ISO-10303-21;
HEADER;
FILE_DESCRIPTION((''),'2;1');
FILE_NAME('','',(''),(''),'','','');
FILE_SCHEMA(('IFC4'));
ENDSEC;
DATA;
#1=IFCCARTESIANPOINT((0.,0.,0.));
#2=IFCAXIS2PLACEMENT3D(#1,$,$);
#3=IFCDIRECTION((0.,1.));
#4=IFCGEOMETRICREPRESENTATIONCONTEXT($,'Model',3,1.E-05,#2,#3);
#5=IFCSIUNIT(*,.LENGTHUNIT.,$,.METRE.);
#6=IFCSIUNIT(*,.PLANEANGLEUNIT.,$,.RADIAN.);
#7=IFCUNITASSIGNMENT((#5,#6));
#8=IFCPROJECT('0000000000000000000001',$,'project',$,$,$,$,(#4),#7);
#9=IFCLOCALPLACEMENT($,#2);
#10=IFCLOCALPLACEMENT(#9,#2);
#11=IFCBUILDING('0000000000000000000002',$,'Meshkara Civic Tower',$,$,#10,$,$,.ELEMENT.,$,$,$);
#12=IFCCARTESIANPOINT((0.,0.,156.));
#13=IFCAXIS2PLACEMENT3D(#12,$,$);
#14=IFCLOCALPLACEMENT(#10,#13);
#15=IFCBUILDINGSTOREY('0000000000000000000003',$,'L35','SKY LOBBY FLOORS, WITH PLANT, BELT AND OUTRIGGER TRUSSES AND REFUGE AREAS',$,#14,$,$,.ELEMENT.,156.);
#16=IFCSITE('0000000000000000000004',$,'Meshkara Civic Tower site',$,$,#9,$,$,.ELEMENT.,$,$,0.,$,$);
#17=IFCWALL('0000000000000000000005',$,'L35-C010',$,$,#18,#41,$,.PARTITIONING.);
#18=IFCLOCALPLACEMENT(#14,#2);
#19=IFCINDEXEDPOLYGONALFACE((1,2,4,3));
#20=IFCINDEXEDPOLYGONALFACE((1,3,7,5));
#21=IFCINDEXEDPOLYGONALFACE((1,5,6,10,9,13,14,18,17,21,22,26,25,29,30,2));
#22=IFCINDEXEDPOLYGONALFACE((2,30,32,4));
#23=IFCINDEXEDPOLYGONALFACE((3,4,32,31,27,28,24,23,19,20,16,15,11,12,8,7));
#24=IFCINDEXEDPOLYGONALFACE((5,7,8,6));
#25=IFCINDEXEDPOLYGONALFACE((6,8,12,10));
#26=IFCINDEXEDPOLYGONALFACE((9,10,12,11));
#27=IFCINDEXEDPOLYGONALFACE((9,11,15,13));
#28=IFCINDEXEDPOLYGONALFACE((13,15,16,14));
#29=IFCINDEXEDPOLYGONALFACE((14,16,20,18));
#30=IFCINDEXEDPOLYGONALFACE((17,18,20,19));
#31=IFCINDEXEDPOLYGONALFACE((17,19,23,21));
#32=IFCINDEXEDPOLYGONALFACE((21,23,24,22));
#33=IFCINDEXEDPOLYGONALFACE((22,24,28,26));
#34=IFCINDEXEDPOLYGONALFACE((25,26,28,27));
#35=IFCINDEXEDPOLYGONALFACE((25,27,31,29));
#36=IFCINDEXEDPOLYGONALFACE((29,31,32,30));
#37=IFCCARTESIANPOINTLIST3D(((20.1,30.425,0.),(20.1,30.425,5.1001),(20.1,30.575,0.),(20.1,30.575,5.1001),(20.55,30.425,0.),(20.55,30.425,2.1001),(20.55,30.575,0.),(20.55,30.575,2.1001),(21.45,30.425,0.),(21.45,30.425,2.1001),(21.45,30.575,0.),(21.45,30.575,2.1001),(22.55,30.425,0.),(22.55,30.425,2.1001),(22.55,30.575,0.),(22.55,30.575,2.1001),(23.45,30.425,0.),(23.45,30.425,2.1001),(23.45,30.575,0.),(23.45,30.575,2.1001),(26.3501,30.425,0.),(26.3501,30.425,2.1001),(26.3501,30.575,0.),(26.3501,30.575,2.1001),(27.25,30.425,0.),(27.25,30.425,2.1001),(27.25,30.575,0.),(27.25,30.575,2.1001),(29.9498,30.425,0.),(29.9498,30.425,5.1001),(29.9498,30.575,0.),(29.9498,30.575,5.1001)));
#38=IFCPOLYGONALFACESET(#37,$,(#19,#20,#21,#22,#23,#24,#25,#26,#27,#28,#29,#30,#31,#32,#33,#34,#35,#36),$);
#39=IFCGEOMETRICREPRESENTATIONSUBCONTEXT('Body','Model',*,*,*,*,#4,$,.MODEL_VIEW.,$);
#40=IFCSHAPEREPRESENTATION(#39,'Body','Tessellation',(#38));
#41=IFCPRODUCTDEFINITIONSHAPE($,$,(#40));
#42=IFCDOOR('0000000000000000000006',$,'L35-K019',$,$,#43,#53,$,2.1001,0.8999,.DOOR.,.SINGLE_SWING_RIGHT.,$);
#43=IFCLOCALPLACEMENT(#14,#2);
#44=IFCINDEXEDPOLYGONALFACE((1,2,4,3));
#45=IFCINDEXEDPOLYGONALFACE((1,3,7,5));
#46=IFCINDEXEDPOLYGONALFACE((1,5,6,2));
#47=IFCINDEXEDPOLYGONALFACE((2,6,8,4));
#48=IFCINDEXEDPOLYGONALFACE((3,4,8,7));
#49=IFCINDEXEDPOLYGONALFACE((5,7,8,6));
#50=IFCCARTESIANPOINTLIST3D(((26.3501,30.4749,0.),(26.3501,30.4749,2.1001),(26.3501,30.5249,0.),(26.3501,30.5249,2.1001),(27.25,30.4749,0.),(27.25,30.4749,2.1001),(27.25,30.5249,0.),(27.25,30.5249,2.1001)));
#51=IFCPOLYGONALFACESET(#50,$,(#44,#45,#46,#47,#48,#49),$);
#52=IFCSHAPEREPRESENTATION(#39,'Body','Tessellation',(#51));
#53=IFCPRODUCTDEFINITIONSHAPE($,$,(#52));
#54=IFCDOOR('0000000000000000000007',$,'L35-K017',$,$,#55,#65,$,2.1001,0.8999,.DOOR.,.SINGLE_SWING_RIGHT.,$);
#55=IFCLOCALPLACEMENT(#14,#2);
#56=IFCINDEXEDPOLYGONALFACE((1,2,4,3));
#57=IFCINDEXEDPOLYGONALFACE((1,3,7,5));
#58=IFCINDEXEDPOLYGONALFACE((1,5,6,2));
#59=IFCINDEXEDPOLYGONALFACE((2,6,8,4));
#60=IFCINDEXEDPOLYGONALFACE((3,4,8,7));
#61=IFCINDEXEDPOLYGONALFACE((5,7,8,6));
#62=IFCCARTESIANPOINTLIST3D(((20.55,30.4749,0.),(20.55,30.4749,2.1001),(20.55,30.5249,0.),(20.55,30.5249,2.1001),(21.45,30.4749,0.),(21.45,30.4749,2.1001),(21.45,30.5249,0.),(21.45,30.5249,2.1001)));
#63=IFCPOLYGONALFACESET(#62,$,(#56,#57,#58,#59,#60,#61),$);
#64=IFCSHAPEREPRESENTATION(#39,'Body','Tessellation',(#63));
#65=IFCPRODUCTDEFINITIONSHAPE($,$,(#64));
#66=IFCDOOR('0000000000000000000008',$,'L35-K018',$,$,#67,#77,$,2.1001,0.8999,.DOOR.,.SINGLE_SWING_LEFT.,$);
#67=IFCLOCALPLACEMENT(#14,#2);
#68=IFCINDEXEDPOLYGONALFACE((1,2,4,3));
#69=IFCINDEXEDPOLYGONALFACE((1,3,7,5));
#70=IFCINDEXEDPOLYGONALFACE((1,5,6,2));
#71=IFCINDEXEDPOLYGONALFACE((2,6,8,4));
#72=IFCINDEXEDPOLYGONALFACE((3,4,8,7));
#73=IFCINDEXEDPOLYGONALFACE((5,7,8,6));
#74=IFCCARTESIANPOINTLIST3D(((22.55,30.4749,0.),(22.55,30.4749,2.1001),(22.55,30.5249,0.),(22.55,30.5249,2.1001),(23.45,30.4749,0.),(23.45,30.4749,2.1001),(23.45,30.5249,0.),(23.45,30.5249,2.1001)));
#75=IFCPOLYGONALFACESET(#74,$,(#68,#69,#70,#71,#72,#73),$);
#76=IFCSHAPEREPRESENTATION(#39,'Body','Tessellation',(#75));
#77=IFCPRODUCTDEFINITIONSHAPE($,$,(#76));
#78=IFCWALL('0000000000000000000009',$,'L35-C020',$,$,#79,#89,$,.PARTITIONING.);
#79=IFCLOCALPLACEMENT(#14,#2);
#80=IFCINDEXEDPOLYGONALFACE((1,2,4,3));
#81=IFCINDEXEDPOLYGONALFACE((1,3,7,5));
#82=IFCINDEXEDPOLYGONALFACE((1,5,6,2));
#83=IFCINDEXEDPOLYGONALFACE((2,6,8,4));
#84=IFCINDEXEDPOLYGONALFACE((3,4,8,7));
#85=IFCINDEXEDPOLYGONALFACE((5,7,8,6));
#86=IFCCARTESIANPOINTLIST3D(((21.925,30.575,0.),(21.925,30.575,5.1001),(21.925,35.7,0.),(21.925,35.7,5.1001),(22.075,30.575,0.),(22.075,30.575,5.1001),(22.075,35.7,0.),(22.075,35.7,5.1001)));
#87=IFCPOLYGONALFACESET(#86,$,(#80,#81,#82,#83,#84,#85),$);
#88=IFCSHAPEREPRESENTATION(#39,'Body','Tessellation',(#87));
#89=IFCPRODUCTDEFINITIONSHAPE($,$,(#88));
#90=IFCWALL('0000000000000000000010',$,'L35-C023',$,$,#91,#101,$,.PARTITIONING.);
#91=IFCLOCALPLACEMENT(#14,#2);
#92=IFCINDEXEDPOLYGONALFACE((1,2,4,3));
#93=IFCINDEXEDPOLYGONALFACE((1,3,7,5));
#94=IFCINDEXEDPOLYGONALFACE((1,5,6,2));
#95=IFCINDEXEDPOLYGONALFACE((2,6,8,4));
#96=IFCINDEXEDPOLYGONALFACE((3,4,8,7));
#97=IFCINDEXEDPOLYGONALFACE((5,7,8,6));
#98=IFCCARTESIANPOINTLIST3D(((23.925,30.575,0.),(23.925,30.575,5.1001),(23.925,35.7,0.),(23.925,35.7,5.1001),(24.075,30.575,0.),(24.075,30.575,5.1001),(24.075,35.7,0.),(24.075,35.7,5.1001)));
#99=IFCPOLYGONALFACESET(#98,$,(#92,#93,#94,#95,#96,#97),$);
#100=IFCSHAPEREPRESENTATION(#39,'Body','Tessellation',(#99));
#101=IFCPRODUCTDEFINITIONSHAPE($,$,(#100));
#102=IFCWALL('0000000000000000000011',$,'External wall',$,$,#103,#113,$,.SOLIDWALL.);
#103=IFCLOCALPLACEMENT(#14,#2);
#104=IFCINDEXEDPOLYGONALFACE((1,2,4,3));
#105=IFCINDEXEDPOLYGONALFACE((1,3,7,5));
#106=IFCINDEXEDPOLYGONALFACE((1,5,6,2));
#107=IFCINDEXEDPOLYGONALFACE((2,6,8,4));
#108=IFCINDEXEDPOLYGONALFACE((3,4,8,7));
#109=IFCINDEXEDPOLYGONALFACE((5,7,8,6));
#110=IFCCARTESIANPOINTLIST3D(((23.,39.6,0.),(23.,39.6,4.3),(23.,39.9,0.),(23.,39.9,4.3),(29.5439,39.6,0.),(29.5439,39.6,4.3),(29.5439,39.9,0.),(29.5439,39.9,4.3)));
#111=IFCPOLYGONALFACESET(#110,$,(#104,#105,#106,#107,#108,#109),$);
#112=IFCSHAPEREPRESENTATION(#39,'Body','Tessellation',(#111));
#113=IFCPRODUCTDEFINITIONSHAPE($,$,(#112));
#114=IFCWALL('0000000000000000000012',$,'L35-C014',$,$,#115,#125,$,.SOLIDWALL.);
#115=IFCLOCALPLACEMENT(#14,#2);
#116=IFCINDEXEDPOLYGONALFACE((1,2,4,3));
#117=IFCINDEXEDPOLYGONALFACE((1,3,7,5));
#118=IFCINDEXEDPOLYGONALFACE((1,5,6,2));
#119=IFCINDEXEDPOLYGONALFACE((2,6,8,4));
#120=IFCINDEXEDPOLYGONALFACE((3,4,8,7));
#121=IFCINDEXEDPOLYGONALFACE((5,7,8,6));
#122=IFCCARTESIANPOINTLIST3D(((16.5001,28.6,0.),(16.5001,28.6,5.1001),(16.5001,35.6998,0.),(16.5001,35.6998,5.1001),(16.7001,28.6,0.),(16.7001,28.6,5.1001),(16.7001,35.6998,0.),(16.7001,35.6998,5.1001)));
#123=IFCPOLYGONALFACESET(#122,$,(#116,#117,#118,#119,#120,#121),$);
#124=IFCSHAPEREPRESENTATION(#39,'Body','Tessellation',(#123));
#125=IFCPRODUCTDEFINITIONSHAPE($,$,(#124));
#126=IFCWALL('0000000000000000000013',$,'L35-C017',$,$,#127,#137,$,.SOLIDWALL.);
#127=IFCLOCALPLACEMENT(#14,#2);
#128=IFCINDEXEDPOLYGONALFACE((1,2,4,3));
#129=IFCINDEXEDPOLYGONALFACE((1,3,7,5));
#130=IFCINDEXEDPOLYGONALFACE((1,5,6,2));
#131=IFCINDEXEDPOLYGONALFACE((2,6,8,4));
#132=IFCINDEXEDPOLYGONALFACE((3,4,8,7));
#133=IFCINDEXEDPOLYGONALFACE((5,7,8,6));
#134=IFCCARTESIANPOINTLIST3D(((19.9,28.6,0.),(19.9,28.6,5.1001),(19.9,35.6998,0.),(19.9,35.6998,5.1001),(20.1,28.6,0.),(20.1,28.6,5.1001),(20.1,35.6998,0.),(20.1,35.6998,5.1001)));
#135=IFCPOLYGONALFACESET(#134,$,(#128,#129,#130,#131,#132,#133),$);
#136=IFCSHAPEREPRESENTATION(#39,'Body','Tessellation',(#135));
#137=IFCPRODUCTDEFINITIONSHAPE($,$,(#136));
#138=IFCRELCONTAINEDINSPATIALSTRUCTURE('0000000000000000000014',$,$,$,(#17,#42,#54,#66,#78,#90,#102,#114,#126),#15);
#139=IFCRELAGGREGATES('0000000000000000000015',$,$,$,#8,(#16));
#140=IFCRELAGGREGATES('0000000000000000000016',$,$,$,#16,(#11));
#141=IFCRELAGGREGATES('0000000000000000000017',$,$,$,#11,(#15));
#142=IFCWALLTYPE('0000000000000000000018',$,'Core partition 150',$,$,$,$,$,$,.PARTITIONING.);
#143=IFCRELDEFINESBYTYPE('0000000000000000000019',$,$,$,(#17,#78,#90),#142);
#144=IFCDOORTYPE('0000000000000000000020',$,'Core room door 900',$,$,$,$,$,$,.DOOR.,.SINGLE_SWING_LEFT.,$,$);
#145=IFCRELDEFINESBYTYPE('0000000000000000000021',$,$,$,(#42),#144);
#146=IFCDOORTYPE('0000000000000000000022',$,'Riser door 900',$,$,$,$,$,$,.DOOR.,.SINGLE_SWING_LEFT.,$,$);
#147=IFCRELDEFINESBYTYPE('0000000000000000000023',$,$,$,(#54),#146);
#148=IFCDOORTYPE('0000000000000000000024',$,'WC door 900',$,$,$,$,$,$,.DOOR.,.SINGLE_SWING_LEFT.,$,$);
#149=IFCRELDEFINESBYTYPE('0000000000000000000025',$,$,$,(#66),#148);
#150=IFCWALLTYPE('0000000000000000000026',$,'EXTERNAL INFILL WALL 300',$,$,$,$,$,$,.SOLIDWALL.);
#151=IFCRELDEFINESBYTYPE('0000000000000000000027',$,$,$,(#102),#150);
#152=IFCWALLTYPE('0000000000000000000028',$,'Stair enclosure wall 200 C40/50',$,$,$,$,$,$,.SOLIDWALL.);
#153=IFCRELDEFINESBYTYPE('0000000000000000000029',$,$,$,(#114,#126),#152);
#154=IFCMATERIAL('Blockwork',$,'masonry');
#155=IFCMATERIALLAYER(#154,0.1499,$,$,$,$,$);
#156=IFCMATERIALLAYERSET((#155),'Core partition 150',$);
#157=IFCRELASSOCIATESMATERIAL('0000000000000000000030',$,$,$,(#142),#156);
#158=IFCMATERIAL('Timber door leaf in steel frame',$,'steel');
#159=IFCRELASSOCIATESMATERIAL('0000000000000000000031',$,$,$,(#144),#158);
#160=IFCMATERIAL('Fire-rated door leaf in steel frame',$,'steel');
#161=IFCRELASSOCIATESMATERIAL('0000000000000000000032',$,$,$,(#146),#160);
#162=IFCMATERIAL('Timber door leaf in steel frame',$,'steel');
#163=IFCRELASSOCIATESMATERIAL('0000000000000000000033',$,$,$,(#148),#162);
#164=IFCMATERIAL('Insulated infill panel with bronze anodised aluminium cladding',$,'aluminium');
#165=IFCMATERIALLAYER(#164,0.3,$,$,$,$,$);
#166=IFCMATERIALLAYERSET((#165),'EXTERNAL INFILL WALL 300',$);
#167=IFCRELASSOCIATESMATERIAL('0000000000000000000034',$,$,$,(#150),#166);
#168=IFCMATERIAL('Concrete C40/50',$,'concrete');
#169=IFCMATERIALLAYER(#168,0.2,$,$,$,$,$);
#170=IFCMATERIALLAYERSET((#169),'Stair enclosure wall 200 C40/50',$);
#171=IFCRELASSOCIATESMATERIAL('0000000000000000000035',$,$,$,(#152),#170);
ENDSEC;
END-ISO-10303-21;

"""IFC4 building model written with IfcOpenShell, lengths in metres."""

from ifc_helpers import new_model, si_unit, direction, frame, frame_2d, origin, place, context, subcontext, project, spatial, rectangle, extrude, material, layer, layer_set, type_object, element, fill, save


model = new_model("IFC4")

# Units and contexts
model_context = context("Model", 3, precision=1e-05, world=origin(), true_north=direction((0.0, 1.0)))
body_context = subcontext(model_context, "Body", "Model", "MODEL_VIEW")
ifc_project = project(units=[si_unit("LENGTHUNIT", "METRE"), si_unit("PLANEANGLEUNIT", "RADIAN")], contexts=[model_context])

# Site, building, storey
site_placement = place(None, origin())
site = spatial("IfcSite", under=ifc_project, at=site_placement, Name="Meshkara Civic Tower site", CompositionType="ELEMENT", RefElevation=0.0)
building_placement = place(site_placement, origin())
building = spatial("IfcBuilding", under=site, at=building_placement, Name="Meshkara Civic Tower", CompositionType="ELEMENT")
storey_placement = place(building_placement, frame((0.0, 0.0, 156.0)))
storey = spatial("IfcBuildingStorey", under=building, at=storey_placement, Name="L35", Description="SKY LOBBY FLOORS, WITH PLANT, BELT AND OUTRIGGER TRUSSES AND REFUGE AREAS", CompositionType="ELEMENT", Elevation=156.0)

# Wall, openings, doors
ifc_material_1 = material(Name="Blockwork", Category="masonry")
ifc_layer_1 = layer(ifc_material_1, 0.1499)
ifc_layer_set_1 = layer_set([ifc_layer_1], Name="Core partition 150")
wall_type_1 = type_object("IfcWallType", Name="Core partition 150", PredefinedType="PARTITIONING", material=ifc_layer_set_1)
wall_1_placement = place(storey_placement, frame((20.1001, 30.5, 0.0), z_axis=(0.0, 0.0, 1.0), x_axis=(1.0, 0.0, 0.0)))
wall_1 = element("IfcWall", 1, at=wall_1_placement, inside=storey, type_object=wall_type_1, Name="L35-C010", PredefinedType="PARTITIONING", context=body_context, shape_type="SweptSolid", body=[
    extrude(rectangle(XDim=9.8499, YDim=0.1499, at=frame_2d((4.9248, 0.0))), origin(), (0.0, 0.0, 1.0), 5.1001),
])
opening_1_placement = place(wall_1_placement, frame((0.45, 0.0, 0.0)))
opening_1 = element("IfcOpeningElement", 2, at=opening_1_placement, cuts=wall_1, PredefinedType="OPENING", context=body_context, shape_type="SweptSolid", body=[
    extrude(rectangle(XDim=0.8999, YDim=2.1001, at=frame_2d((0.45, 1.05))), frame((0.0, 0.085, 0.0), z_axis=(0.0, -1.0, 0.0), x_axis=(1.0, 0.0, 0.0)), (0.0, 0.0, 1.0), 0.1699),
])
opening_2_placement = place(wall_1_placement, frame((2.45, 0.0, 0.0)))
opening_2 = element("IfcOpeningElement", 3, at=opening_2_placement, cuts=wall_1, PredefinedType="OPENING", context=body_context, shape_type="SweptSolid", body=[
    extrude(rectangle(XDim=0.8999, YDim=2.1001, at=frame_2d((0.45, 1.05))), frame((0.0, 0.085, 0.0), z_axis=(0.0, -1.0, 0.0), x_axis=(1.0, 0.0, 0.0)), (0.0, 0.0, 1.0), 0.1699),
])
opening_3_placement = place(wall_1_placement, frame((6.25, 0.0, 0.0)))
opening_3 = element("IfcOpeningElement", 4, at=opening_3_placement, cuts=wall_1, PredefinedType="OPENING", context=body_context, shape_type="SweptSolid", body=[
    extrude(rectangle(XDim=0.8999, YDim=2.1001, at=frame_2d((0.45, 1.05))), frame((0.0, 0.085, 0.0), z_axis=(0.0, -1.0, 0.0), x_axis=(1.0, 0.0, 0.0)), (0.0, 0.0, 1.0), 0.1699),
])
ifc_material_2 = material(Name="Timber door leaf in steel frame", Category="steel")
door_type_1 = type_object("IfcDoorType", Name="Core room door 900", OperationType="SINGLE_SWING_LEFT", PredefinedType="DOOR", material=ifc_material_2)
door_1_placement = place(opening_3_placement, origin())
door_1 = element("IfcDoor", 5, at=door_1_placement, inside=storey, type_object=door_type_1, Name="L35-K019", OperationType="SINGLE_SWING_RIGHT", OverallHeight=2.1001, OverallWidth=0.8999, PredefinedType="DOOR", context=body_context, shape_type="SweptSolid", body=[
    extrude(rectangle(XDim=0.8999, YDim=2.1001, at=frame_2d((0.45, 1.05))), frame((0.0, 0.0249, 0.0), z_axis=(0.0, -1.0, 0.0), x_axis=(1.0, 0.0, 0.0)), (0.0, 0.0, 1.0), 0.05),
])
fill(opening_3, door_1)
ifc_material_3 = material(Name="Fire-rated door leaf in steel frame", Category="steel")
door_type_2 = type_object("IfcDoorType", Name="Riser door 900", OperationType="SINGLE_SWING_LEFT", PredefinedType="DOOR", material=ifc_material_3)
door_2_placement = place(opening_1_placement, origin())
door_2 = element("IfcDoor", 6, at=door_2_placement, inside=storey, type_object=door_type_2, Name="L35-K017", OperationType="SINGLE_SWING_RIGHT", OverallHeight=2.1001, OverallWidth=0.8999, PredefinedType="DOOR", context=body_context, shape_type="SweptSolid", body=[
    extrude(rectangle(XDim=0.8999, YDim=2.1001, at=frame_2d((0.45, 1.05))), frame((0.0, 0.0249, 0.0), z_axis=(0.0, -1.0, 0.0), x_axis=(1.0, 0.0, 0.0)), (0.0, 0.0, 1.0), 0.05),
])
fill(opening_1, door_2)
ifc_material_4 = material(Name="Timber door leaf in steel frame", Category="steel")
door_type_3 = type_object("IfcDoorType", Name="WC door 900", OperationType="SINGLE_SWING_LEFT", PredefinedType="DOOR", material=ifc_material_4)
door_3_placement = place(opening_2_placement, origin())
door_3 = element("IfcDoor", 7, at=door_3_placement, inside=storey, type_object=door_type_3, Name="L35-K018", OperationType="SINGLE_SWING_LEFT", OverallHeight=2.1001, OverallWidth=0.8999, PredefinedType="DOOR", context=body_context, shape_type="SweptSolid", body=[
    extrude(rectangle(XDim=0.8999, YDim=2.1001, at=frame_2d((0.45, 1.05))), frame((0.0, 0.0249, 0.0), z_axis=(0.0, -1.0, 0.0), x_axis=(1.0, 0.0, 0.0)), (0.0, 0.0, 1.0), 0.05),
])
fill(opening_2, door_3)

# Walls
for number, where, z_axis, x_axis, name in (
    (8, (22.0, 30.575, 0.0), (0.0, 0.0, 1.0), (0.0, 1.0, 0.0), "L35-C020"),
    (9, (24.0, 30.575, 0.0), (0.0, 0.0, 1.0), (0.0, 1.0, 0.0), "L35-C023"),
):
    element("IfcWall", number, at=place(storey_placement, frame(where, z_axis=z_axis, x_axis=x_axis)), inside=storey, type_object=wall_type_1, Name=name, PredefinedType="PARTITIONING", context=body_context, shape_type="SweptSolid", body=[
        extrude(rectangle(XDim=5.125, YDim=0.1499, at=frame_2d((2.5625, 0.0))), origin(), (0.0, 0.0, 1.0), 5.1001),
    ])
ifc_material_5 = material(Name="Insulated infill panel with bronze anodised aluminium cladding", Category="aluminium")
ifc_layer_2 = layer(ifc_material_5, 0.3)
ifc_layer_set_2 = layer_set([ifc_layer_2], Name="EXTERNAL INFILL WALL 300")
wall_type_2 = type_object("IfcWallType", Name="EXTERNAL INFILL WALL 300", PredefinedType="SOLIDWALL", material=ifc_layer_set_2)
wall_2_placement = place(storey_placement, frame((29.5439, 39.75, 0.0), z_axis=(0.0, 0.0, 1.0), x_axis=(-1.0, 0.0, 0.0)))
element("IfcWall", 10, at=wall_2_placement, inside=storey, type_object=wall_type_2, Name="External wall", PredefinedType="SOLIDWALL", context=body_context, shape_type="SweptSolid", body=[
    extrude(rectangle(XDim=6.5439, YDim=0.3, at=frame_2d((3.272, 0.0))), origin(), (0.0, 0.0, 1.0), 4.3),
])
ifc_material_6 = material(Name="Concrete C40/50", Category="concrete")
ifc_layer_3 = layer(ifc_material_6, 0.2)
ifc_layer_set_3 = layer_set([ifc_layer_3], Name="Stair enclosure wall 200 C40/50")
wall_type_3 = type_object("IfcWallType", Name="Stair enclosure wall 200 C40/50", PredefinedType="SOLIDWALL", material=ifc_layer_set_3)
for number, where, z_axis, x_axis, name in (
    (11, (16.6001, 28.6001, 0.0), (0.0, 0.0, 1.0), (0.0, 1.0, 0.0), "L35-C014"),
    (12, (20.0, 28.6001, 0.0), (0.0, 0.0, 1.0), (0.0, 1.0, 0.0), "L35-C017"),
):
    element("IfcWall", number, at=place(storey_placement, frame(where, z_axis=z_axis, x_axis=x_axis)), inside=storey, type_object=wall_type_3, Name=name, PredefinedType="SOLIDWALL", context=body_context, shape_type="SweptSolid", body=[
        extrude(rectangle(XDim=7.0999, YDim=0.2, at=frame_2d((3.5498, 0.0))), origin(), (0.0, 0.0, 1.0), 5.1001),
    ])

save(model, "model.ifc")
